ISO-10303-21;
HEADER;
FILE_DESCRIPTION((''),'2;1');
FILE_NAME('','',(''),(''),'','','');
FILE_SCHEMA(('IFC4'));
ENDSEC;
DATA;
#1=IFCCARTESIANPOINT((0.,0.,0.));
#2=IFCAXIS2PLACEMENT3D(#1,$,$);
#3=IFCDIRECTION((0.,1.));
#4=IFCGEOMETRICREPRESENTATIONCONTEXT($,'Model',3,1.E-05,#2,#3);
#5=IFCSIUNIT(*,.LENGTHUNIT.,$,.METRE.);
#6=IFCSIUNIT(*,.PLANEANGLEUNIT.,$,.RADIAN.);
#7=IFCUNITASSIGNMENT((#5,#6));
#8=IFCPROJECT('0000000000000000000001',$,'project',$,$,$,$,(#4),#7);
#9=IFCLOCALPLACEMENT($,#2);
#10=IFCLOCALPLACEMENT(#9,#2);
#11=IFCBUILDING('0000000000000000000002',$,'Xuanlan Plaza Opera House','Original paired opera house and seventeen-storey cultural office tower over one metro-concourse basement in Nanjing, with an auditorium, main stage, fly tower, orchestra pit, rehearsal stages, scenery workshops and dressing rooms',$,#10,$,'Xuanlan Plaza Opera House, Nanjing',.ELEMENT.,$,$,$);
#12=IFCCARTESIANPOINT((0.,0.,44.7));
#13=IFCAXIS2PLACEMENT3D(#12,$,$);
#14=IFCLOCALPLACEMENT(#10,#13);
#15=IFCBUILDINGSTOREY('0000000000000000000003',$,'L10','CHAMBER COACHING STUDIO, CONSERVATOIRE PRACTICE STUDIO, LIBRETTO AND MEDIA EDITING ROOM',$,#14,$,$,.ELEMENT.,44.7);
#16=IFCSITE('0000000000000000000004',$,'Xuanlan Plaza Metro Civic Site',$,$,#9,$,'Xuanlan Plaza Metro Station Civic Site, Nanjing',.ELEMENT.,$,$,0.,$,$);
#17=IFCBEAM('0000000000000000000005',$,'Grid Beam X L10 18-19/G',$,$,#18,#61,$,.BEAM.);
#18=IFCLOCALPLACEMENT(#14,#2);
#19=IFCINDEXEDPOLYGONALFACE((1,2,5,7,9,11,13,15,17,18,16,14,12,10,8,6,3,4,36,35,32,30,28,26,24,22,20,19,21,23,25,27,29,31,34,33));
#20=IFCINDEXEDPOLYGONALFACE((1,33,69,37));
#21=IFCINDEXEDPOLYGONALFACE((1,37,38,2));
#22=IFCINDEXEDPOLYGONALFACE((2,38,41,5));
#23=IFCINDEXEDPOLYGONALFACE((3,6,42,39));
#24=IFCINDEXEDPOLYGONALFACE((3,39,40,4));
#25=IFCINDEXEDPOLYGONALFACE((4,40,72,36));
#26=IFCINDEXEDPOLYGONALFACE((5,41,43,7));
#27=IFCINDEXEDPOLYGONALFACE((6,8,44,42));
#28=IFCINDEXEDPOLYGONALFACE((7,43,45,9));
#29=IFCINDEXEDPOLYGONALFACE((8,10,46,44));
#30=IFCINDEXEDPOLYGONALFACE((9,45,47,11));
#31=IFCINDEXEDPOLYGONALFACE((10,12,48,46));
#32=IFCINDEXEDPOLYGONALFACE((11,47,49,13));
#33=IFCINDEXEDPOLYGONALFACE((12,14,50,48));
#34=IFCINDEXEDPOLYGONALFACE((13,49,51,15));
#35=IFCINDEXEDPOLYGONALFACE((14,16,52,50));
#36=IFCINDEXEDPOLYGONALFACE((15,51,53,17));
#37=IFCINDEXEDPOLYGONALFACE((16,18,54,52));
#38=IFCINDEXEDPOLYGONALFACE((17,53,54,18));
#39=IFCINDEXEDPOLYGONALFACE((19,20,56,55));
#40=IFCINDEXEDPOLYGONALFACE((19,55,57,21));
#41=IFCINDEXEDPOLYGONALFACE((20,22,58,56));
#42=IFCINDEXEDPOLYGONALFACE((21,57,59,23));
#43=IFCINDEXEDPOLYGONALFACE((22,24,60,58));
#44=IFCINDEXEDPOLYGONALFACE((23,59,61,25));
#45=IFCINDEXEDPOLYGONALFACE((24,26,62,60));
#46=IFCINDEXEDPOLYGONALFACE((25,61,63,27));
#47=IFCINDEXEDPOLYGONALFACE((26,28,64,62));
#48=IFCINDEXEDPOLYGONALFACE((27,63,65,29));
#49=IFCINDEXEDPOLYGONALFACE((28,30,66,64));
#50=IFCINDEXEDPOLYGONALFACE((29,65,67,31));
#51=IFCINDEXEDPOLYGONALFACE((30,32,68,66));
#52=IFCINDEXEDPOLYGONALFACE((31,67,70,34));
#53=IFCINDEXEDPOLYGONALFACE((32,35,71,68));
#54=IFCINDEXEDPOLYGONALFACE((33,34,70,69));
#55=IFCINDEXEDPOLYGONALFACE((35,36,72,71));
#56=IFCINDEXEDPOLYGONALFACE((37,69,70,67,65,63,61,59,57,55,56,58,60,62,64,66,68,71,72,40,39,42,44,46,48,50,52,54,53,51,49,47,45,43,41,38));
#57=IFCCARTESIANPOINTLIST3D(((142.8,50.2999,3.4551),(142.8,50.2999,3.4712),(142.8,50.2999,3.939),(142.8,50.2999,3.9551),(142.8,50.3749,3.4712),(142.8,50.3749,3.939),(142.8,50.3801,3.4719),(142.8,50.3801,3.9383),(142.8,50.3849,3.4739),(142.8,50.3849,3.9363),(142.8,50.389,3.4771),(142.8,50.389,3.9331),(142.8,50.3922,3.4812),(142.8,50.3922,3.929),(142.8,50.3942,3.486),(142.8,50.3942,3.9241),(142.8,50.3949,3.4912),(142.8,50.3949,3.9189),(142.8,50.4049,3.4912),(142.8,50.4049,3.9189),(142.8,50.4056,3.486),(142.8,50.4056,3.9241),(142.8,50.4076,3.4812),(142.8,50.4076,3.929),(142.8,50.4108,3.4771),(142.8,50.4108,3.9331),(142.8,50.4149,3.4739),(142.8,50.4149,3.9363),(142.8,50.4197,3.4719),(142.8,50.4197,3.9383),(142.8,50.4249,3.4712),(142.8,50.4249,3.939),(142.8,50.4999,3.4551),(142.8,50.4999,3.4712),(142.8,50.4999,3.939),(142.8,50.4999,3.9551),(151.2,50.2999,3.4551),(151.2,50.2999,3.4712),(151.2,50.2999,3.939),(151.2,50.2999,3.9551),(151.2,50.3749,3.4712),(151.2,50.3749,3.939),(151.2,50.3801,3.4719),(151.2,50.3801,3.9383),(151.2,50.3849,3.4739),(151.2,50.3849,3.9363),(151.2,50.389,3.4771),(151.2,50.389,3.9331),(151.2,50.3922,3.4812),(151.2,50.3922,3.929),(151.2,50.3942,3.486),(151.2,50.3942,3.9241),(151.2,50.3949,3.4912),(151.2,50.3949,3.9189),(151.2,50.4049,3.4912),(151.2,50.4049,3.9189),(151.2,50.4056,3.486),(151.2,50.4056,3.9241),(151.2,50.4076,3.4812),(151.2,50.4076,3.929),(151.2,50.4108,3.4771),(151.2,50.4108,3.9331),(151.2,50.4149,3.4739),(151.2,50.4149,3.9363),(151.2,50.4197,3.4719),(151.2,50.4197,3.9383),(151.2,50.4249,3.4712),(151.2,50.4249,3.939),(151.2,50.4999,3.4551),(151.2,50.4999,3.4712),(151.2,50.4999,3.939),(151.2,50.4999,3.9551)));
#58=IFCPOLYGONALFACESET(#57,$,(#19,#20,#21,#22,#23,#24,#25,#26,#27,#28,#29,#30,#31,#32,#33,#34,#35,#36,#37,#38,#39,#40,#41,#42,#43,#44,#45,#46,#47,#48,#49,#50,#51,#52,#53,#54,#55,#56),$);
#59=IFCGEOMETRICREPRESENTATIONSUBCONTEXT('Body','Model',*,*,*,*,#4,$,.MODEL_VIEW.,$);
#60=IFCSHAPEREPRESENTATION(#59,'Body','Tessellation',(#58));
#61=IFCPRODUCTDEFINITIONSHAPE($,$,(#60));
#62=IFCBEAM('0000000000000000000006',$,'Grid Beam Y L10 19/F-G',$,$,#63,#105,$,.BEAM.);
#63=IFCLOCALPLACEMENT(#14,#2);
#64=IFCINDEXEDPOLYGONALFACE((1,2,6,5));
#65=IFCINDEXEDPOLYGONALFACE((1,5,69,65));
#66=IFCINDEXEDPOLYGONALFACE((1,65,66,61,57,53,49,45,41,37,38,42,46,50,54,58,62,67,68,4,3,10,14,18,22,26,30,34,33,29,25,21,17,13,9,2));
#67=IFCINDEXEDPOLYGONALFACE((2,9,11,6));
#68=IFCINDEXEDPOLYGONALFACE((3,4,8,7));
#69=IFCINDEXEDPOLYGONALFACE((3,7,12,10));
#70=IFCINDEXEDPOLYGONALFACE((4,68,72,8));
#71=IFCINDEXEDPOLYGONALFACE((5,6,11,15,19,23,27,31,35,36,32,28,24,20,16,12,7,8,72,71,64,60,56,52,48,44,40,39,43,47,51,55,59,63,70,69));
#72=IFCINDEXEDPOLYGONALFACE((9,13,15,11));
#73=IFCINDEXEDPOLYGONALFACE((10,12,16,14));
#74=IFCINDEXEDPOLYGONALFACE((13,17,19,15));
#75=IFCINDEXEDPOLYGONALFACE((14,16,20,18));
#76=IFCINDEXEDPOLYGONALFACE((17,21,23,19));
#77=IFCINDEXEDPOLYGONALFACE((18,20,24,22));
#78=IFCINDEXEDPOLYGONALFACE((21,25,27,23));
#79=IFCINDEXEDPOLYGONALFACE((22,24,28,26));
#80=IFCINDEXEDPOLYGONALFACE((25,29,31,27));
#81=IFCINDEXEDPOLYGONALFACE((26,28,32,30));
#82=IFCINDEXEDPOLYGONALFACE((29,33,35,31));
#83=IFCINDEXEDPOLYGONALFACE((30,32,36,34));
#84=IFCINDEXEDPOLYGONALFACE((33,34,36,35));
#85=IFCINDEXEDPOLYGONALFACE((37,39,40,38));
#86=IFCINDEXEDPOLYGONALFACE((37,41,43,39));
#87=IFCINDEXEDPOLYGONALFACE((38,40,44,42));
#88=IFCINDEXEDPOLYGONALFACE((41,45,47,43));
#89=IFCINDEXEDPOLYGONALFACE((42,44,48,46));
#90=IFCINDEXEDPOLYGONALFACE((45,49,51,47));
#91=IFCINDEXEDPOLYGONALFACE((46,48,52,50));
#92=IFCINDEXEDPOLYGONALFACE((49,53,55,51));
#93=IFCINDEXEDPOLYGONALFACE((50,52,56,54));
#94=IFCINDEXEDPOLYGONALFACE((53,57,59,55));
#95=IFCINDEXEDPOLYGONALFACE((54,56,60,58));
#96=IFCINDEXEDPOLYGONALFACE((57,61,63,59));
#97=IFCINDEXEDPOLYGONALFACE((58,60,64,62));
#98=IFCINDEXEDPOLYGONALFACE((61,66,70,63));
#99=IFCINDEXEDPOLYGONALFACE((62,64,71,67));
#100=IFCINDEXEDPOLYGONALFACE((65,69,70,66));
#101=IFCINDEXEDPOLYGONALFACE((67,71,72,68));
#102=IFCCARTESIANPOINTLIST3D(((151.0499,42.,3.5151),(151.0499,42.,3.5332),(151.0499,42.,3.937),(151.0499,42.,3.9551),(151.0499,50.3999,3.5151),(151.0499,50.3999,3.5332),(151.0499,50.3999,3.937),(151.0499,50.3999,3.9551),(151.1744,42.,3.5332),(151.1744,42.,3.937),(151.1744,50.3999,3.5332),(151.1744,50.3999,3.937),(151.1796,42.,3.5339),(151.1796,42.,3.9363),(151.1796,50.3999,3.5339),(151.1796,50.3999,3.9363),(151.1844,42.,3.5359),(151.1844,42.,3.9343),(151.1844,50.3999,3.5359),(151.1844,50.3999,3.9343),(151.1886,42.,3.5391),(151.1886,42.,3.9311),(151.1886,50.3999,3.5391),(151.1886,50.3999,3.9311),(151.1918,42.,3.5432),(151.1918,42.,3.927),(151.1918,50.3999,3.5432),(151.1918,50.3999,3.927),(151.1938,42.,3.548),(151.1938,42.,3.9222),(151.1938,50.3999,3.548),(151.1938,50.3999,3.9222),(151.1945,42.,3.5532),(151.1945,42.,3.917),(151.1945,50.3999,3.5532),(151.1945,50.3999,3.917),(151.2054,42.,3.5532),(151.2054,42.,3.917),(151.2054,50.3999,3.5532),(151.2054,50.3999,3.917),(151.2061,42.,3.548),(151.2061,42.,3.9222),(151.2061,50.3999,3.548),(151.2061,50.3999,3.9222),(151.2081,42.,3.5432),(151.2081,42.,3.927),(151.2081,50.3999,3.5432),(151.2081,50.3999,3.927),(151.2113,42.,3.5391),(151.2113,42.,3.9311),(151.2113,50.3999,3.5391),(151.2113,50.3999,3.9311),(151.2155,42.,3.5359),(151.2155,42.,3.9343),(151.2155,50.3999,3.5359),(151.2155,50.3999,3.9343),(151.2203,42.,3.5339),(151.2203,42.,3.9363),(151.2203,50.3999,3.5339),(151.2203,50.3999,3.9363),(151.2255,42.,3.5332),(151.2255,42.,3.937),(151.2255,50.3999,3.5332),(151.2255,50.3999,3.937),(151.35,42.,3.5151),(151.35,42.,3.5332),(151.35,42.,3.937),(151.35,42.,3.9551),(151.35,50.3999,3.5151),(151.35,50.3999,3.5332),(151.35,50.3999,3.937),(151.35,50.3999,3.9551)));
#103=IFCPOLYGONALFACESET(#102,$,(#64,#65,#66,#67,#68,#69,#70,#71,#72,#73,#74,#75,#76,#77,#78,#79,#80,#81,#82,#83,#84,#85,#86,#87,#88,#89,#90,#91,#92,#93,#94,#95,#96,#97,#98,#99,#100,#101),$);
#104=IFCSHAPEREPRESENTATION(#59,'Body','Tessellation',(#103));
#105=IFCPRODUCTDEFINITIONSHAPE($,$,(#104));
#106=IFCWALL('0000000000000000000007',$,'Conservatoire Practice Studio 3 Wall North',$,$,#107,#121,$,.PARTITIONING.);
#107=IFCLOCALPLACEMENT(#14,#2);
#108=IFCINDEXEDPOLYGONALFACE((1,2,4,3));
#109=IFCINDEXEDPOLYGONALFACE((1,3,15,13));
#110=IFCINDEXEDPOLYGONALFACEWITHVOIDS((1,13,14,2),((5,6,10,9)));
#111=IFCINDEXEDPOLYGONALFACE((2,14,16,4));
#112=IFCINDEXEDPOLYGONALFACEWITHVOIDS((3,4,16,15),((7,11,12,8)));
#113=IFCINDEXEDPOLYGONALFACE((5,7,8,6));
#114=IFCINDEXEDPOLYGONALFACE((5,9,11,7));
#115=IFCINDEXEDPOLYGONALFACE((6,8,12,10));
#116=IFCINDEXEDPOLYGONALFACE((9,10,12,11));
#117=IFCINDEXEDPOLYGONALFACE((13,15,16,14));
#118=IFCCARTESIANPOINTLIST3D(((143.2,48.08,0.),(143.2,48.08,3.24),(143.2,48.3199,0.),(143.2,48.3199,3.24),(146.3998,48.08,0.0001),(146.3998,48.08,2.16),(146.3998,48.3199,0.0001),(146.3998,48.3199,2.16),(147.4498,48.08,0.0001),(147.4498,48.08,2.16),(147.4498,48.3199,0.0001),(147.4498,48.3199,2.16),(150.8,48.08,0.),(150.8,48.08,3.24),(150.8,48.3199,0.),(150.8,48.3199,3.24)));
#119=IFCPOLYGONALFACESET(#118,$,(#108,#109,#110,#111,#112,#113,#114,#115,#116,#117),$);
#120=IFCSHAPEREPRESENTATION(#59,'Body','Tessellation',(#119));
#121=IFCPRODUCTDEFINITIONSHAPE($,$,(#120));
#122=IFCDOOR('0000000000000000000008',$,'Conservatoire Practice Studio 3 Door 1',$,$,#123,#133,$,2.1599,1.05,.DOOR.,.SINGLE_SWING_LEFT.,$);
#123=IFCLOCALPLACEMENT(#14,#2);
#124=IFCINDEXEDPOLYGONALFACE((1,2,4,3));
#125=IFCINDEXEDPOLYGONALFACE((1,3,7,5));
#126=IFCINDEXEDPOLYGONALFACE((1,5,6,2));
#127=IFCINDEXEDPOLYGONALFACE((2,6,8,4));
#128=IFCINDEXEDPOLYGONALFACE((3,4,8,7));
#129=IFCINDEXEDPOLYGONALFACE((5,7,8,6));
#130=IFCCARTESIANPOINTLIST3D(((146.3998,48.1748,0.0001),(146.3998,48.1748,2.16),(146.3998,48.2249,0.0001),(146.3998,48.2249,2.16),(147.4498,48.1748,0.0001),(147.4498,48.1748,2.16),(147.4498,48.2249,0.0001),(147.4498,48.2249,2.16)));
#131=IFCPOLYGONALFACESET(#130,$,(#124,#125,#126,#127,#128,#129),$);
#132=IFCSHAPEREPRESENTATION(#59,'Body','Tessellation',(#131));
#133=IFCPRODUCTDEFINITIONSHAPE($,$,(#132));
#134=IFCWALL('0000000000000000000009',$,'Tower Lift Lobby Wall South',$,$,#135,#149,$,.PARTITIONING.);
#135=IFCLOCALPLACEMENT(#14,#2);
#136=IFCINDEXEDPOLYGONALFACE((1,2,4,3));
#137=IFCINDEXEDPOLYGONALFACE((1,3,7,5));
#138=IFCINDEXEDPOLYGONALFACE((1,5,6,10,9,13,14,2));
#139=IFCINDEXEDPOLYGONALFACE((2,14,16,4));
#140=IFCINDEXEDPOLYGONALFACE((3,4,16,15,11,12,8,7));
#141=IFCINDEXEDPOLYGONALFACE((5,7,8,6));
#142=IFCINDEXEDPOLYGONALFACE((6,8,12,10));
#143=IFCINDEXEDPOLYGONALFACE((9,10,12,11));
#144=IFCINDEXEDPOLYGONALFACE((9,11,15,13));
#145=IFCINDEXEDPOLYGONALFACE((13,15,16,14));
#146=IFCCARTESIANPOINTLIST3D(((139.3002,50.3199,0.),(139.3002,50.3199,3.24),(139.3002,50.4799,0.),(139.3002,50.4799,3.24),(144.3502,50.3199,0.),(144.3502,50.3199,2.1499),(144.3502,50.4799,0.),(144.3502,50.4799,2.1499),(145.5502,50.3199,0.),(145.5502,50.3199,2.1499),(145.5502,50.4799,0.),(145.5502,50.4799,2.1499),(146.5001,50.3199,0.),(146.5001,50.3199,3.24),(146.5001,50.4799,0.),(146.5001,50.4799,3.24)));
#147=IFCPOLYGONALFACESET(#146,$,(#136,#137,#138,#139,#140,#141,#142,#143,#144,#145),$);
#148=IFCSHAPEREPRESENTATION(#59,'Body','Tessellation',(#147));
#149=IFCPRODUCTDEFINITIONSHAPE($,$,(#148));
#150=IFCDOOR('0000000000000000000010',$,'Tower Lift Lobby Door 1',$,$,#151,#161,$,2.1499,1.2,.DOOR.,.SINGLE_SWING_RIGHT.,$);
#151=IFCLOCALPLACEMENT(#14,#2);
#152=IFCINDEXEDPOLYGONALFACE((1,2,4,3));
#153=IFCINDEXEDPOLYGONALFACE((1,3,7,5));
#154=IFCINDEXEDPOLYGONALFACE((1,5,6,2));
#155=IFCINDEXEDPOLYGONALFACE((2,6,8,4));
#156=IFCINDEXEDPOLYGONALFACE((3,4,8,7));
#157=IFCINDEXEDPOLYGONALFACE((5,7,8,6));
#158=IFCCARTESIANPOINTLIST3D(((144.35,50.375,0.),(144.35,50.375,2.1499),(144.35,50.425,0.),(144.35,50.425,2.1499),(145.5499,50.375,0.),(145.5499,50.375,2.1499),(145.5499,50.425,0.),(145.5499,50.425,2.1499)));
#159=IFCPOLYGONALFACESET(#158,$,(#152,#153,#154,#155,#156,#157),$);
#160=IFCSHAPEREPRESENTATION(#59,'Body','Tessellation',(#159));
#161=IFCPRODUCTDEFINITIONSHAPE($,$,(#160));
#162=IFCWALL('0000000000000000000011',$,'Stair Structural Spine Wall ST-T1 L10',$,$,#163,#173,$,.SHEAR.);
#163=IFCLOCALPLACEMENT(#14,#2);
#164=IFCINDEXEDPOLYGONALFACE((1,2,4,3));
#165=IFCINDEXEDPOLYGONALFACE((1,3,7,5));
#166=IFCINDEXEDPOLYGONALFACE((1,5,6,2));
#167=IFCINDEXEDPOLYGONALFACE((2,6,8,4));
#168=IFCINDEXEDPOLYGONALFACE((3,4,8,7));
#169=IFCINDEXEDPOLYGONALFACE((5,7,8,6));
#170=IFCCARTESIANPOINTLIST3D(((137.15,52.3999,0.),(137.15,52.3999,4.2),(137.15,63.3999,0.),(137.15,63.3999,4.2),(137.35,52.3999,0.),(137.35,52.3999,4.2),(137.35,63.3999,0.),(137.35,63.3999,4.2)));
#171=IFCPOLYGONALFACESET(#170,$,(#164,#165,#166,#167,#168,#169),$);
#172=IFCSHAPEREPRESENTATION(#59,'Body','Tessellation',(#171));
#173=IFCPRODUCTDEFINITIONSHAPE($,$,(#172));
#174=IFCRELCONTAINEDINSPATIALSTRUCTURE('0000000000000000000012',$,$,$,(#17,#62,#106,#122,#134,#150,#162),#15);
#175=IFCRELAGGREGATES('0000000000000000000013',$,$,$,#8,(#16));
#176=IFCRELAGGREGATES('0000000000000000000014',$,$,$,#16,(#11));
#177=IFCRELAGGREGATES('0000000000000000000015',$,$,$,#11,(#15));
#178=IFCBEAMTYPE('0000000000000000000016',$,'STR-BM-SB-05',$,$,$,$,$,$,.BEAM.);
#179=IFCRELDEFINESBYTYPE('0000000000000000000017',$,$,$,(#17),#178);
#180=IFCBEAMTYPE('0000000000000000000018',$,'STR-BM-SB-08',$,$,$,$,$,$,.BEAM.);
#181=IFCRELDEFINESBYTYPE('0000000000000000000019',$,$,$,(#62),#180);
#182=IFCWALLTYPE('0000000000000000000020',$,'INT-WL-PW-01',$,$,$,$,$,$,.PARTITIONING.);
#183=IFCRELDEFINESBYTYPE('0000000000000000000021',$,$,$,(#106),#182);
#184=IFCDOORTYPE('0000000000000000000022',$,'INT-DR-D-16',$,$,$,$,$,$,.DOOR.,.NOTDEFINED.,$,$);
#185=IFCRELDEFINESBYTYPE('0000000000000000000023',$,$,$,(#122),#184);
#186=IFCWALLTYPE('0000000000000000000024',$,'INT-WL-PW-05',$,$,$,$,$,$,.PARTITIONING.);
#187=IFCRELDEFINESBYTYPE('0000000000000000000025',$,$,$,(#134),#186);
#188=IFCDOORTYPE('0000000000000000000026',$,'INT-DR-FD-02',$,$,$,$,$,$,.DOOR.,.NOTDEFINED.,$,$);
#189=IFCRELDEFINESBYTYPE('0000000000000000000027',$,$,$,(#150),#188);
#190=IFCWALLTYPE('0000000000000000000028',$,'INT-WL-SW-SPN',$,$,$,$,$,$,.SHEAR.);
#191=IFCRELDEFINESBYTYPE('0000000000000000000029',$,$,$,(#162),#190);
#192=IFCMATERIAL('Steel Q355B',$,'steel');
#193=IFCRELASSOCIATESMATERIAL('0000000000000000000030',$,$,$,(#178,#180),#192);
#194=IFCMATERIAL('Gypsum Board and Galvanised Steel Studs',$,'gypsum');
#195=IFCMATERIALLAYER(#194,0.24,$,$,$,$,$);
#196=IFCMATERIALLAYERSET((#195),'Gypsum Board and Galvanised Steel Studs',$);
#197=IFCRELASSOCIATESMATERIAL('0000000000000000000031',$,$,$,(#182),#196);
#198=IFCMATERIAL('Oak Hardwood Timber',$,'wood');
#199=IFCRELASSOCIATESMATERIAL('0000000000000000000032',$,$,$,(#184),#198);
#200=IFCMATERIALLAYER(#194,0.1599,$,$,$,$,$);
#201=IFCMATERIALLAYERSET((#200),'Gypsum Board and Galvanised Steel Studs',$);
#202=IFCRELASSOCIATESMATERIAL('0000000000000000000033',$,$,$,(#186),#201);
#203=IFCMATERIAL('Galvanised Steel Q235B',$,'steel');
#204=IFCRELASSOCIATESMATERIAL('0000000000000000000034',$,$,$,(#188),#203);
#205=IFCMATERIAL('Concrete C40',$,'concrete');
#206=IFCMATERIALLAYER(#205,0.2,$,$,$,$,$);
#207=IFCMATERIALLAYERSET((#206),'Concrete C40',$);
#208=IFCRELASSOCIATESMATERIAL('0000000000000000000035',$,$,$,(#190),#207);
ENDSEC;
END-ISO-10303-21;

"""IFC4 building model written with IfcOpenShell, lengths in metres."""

from ifc_helpers import new_model, si_unit, direction, frame, frame_2d, origin, origin_2d, place, context, subcontext, project, spatial, rectangle, i_section, extrude, material, layer, layer_set, material_profile, profile_set, type_object, element, fill, save


model = new_model("IFC4")

# Units and contexts
model_context = context("Model", 3, precision=1e-05, world=origin(), true_north=direction((0.0, 1.0)))
body_context = subcontext(model_context, "Body", "Model", "MODEL_VIEW")
ifc_project = project(units=[si_unit("LENGTHUNIT", "METRE"), si_unit("PLANEANGLEUNIT", "RADIAN")], contexts=[model_context])

# Site, building, storey
site_placement = place(None, origin())
site = spatial("IfcSite", under=ifc_project, at=site_placement, Name="Xuanlan Plaza Metro Civic Site", LongName="Xuanlan Plaza Metro Station Civic Site, Nanjing", CompositionType="ELEMENT", RefElevation=0.0)
building_placement = place(site_placement, origin())
building = spatial("IfcBuilding", under=site, at=building_placement, Name="Xuanlan Plaza Opera House", Description="Original paired opera house and seventeen-storey cultural office tower over one metro-concourse basement in Nanjing, with an auditorium, main stage, fly tower, orchestra pit, rehearsal stages, scenery workshops and dressing rooms", LongName="Xuanlan Plaza Opera House, Nanjing", CompositionType="ELEMENT")
storey_placement = place(building_placement, frame((0.0, 0.0, 44.7)))
storey = spatial("IfcBuildingStorey", under=building, at=storey_placement, Name="L10", Description="CHAMBER COACHING STUDIO, CONSERVATOIRE PRACTICE STUDIO, LIBRETTO AND MEDIA EDITING ROOM", CompositionType="ELEMENT", Elevation=44.7)

# Shared definitions
ifc_material_1 = material(Name="Steel Q355B", Category="steel")

# Beams
ifc_material_2 = material(Name="Concrete C40", Category="concrete")
ifc_material_profile_1 = material_profile(ifc_material_1, i_section(OverallWidth=0.2, OverallDepth=0.5, WebThickness=0.01, FlangeThickness=0.0161, FilletRadius=0.02, at=origin_2d()), Name="HN 500x200x10x16")
ifc_profile_set_1 = profile_set([ifc_material_profile_1], Name="Steel Q355B")
beam_type_1 = type_object("IfcBeamType", Name="STR-BM-SB-05", PredefinedType="BEAM", material=ifc_profile_set_1)
beam_1_placement = place(storey_placement, frame((142.8, 50.3999, 3.7051), z_axis=(1.0, 0.0, 0.0), x_axis=(0.0, 1.0, 0.0)))
element("IfcBeam", 1, at=beam_1_placement, inside=storey, type_object=beam_type_1, Name="Grid Beam X L10 18-19/G", PredefinedType="BEAM", context=body_context, shape_type="SweptSolid", body=[
    extrude(i_section(OverallWidth=0.2, OverallDepth=0.5, WebThickness=0.01, FlangeThickness=0.0161, FilletRadius=0.02, at=origin_2d()), origin(), (0.0, 0.0, 1.0), 8.3999),
])
ifc_material_profile_2 = material_profile(ifc_material_1, i_section(OverallWidth=0.3, OverallDepth=0.4399, WebThickness=0.011, FlangeThickness=0.0181, FilletRadius=0.02, at=origin_2d()), Name="HM 440x300x11x18")
ifc_profile_set_2 = profile_set([ifc_material_profile_2], Name="Steel Q355B")
beam_type_2 = type_object("IfcBeamType", Name="STR-BM-SB-08", PredefinedType="BEAM", material=ifc_profile_set_2)
beam_2_placement = place(storey_placement, frame((151.2, 42.0, 3.7351), z_axis=(0.0, 1.0, 0.0), x_axis=(-1.0, 0.0, 0.0)))
element("IfcBeam", 2, at=beam_2_placement, inside=storey, type_object=beam_type_2, Name="Grid Beam Y L10 19/F-G", PredefinedType="BEAM", context=body_context, shape_type="SweptSolid", body=[
    extrude(i_section(OverallWidth=0.3, OverallDepth=0.4399, WebThickness=0.011, FlangeThickness=0.0181, FilletRadius=0.02, at=origin_2d()), origin(), (0.0, 0.0, 1.0), 8.3999),
])

# Walls, openings, doors
ifc_material_3 = material(Name="Gypsum Board and Galvanised Steel Studs", Category="gypsum")
ifc_layer_1 = layer(ifc_material_3, 0.24)
ifc_layer_set_1 = layer_set([ifc_layer_1], Name="Gypsum Board and Galvanised Steel Studs")
wall_type_1 = type_object("IfcWallType", Name="INT-WL-PW-01", PredefinedType="PARTITIONING", material=ifc_layer_set_1)
wall_1_placement = place(storey_placement, frame((143.2, 48.2, 0.0), z_axis=(0.0, 0.0, 1.0), x_axis=(1.0, 0.0, 0.0)))
wall_1 = element("IfcWall", 3, at=wall_1_placement, inside=storey, type_object=wall_type_1, Name="Conservatoire Practice Studio 3 Wall North", PredefinedType="PARTITIONING", context=body_context, shape_type="SweptSolid", body=[
    extrude(rectangle(XDim=7.6001, YDim=0.24, at=frame_2d((3.8, 0.0))), origin(), (0.0, 0.0, 1.0), 3.24),
])
opening_1_placement = place(wall_1_placement, frame((3.2, 0.0, 0.0)))
opening_1 = element("IfcOpeningElement", 4, at=opening_1_placement, cuts=wall_1, PredefinedType="OPENING", context=body_context, shape_type="SweptSolid", body=[
    extrude(rectangle(XDim=1.05, YDim=2.1599, at=frame_2d((0.5249, 1.0801))), frame((0.0, 0.1299, 0.0), z_axis=(0.0, -1.0, 0.0), x_axis=(1.0, 0.0, 0.0)), (0.0, 0.0, 1.0), 0.26),
])
ifc_material_4 = material(Name="Oak Hardwood Timber", Category="wood")
door_type_1 = type_object("IfcDoorType", Name="INT-DR-D-16", OperationType="NOTDEFINED", PredefinedType="DOOR", material=ifc_material_4)
door_1_placement = place(opening_1_placement, origin())
door_1 = element("IfcDoor", 5, at=door_1_placement, inside=storey, type_object=door_type_1, Name="Conservatoire Practice Studio 3 Door 1", OperationType="SINGLE_SWING_LEFT", OverallHeight=2.1599, OverallWidth=1.05, PredefinedType="DOOR", context=body_context, shape_type="SweptSolid", body=[
    extrude(rectangle(XDim=1.05, YDim=2.1599, at=frame_2d((0.5249, 1.0801))), frame((0.0, 0.0249, 0.0), z_axis=(0.0, -1.0, 0.0), x_axis=(1.0, 0.0, 0.0)), (0.0, 0.0, 1.0), 0.05),
])
fill(opening_1, door_1)
ifc_layer_2 = layer(ifc_material_3, 0.1599)
ifc_layer_set_2 = layer_set([ifc_layer_2], Name="Gypsum Board and Galvanised Steel Studs")
wall_type_2 = type_object("IfcWallType", Name="INT-WL-PW-05", PredefinedType="PARTITIONING", material=ifc_layer_set_2)
wall_2_placement = place(storey_placement, frame((139.3, 50.3999, 0.0), z_axis=(0.0, 0.0, 1.0), x_axis=(1.0, 0.0, 0.0)))
wall_2 = element("IfcWall", 6, at=wall_2_placement, inside=storey, type_object=wall_type_2, Name="Tower Lift Lobby Wall South", PredefinedType="PARTITIONING", context=body_context, shape_type="SweptSolid", body=[
    extrude(rectangle(XDim=7.2, YDim=0.1599, at=frame_2d((3.6001, 0.0))), origin(), (0.0, 0.0, 1.0), 3.24),
])
opening_2_placement = place(wall_2_placement, frame((5.05, 0.0, 0.0)))
opening_2 = element("IfcOpeningElement", 7, at=opening_2_placement, cuts=wall_2, PredefinedType="OPENING", context=body_context, shape_type="SweptSolid", body=[
    extrude(rectangle(XDim=1.2, YDim=2.1499, at=frame_2d((0.6001, 1.075))), frame((0.0, 0.0898, 0.0), z_axis=(0.0, -1.0, 0.0), x_axis=(1.0, 0.0, 0.0)), (0.0, 0.0, 1.0), 0.1799),
])
ifc_material_5 = material(Name="Galvanised Steel Q235B", Category="steel")
door_type_2 = type_object("IfcDoorType", Name="INT-DR-FD-02", OperationType="NOTDEFINED", PredefinedType="DOOR", material=ifc_material_5)
door_2_placement = place(opening_2_placement, frame((1.2, 0.0, 0.0), z_axis=(0.0, 0.0, 1.0), x_axis=(-1.0, 0.0, 0.0)))
door_2 = element("IfcDoor", 8, at=door_2_placement, inside=storey, type_object=door_type_2, Name="Tower Lift Lobby Door 1", OperationType="SINGLE_SWING_RIGHT", OverallHeight=2.1499, OverallWidth=1.2, PredefinedType="DOOR", context=body_context, shape_type="SweptSolid", body=[
    extrude(rectangle(XDim=1.2, YDim=2.1499, at=frame_2d((0.6001, 1.075))), frame((0.0, 0.0249, 0.0), z_axis=(0.0, -1.0, 0.0), x_axis=(1.0, 0.0, 0.0)), (0.0, 0.0, 1.0), 0.05),
])
fill(opening_2, door_2)

# Wall
ifc_layer_3 = layer(ifc_material_2, 0.2)
ifc_layer_set_3 = layer_set([ifc_layer_3], Name="Concrete C40")
wall_type_3 = type_object("IfcWallType", Name="INT-WL-SW-SPN", PredefinedType="SHEAR", material=ifc_layer_set_3)
for number, where, z_axis, x_axis, name in (
    (9, (137.25, 52.3999, 0.0), (0.0, 0.0, 1.0), (0.0, 1.0, 0.0), "Stair Structural Spine Wall ST-T1 L10"),
):
    element("IfcWall", number, at=place(storey_placement, frame(where, z_axis=z_axis, x_axis=x_axis)), inside=storey, type_object=wall_type_3, Name=name, PredefinedType="SHEAR", context=body_context, shape_type="SweptSolid", body=[
        extrude(rectangle(XDim=11.0, YDim=0.2, at=frame_2d((5.5, 0.0))), origin(), (0.0, 0.0, 1.0), 4.2),
    ])

save(model, "model.ifc")
